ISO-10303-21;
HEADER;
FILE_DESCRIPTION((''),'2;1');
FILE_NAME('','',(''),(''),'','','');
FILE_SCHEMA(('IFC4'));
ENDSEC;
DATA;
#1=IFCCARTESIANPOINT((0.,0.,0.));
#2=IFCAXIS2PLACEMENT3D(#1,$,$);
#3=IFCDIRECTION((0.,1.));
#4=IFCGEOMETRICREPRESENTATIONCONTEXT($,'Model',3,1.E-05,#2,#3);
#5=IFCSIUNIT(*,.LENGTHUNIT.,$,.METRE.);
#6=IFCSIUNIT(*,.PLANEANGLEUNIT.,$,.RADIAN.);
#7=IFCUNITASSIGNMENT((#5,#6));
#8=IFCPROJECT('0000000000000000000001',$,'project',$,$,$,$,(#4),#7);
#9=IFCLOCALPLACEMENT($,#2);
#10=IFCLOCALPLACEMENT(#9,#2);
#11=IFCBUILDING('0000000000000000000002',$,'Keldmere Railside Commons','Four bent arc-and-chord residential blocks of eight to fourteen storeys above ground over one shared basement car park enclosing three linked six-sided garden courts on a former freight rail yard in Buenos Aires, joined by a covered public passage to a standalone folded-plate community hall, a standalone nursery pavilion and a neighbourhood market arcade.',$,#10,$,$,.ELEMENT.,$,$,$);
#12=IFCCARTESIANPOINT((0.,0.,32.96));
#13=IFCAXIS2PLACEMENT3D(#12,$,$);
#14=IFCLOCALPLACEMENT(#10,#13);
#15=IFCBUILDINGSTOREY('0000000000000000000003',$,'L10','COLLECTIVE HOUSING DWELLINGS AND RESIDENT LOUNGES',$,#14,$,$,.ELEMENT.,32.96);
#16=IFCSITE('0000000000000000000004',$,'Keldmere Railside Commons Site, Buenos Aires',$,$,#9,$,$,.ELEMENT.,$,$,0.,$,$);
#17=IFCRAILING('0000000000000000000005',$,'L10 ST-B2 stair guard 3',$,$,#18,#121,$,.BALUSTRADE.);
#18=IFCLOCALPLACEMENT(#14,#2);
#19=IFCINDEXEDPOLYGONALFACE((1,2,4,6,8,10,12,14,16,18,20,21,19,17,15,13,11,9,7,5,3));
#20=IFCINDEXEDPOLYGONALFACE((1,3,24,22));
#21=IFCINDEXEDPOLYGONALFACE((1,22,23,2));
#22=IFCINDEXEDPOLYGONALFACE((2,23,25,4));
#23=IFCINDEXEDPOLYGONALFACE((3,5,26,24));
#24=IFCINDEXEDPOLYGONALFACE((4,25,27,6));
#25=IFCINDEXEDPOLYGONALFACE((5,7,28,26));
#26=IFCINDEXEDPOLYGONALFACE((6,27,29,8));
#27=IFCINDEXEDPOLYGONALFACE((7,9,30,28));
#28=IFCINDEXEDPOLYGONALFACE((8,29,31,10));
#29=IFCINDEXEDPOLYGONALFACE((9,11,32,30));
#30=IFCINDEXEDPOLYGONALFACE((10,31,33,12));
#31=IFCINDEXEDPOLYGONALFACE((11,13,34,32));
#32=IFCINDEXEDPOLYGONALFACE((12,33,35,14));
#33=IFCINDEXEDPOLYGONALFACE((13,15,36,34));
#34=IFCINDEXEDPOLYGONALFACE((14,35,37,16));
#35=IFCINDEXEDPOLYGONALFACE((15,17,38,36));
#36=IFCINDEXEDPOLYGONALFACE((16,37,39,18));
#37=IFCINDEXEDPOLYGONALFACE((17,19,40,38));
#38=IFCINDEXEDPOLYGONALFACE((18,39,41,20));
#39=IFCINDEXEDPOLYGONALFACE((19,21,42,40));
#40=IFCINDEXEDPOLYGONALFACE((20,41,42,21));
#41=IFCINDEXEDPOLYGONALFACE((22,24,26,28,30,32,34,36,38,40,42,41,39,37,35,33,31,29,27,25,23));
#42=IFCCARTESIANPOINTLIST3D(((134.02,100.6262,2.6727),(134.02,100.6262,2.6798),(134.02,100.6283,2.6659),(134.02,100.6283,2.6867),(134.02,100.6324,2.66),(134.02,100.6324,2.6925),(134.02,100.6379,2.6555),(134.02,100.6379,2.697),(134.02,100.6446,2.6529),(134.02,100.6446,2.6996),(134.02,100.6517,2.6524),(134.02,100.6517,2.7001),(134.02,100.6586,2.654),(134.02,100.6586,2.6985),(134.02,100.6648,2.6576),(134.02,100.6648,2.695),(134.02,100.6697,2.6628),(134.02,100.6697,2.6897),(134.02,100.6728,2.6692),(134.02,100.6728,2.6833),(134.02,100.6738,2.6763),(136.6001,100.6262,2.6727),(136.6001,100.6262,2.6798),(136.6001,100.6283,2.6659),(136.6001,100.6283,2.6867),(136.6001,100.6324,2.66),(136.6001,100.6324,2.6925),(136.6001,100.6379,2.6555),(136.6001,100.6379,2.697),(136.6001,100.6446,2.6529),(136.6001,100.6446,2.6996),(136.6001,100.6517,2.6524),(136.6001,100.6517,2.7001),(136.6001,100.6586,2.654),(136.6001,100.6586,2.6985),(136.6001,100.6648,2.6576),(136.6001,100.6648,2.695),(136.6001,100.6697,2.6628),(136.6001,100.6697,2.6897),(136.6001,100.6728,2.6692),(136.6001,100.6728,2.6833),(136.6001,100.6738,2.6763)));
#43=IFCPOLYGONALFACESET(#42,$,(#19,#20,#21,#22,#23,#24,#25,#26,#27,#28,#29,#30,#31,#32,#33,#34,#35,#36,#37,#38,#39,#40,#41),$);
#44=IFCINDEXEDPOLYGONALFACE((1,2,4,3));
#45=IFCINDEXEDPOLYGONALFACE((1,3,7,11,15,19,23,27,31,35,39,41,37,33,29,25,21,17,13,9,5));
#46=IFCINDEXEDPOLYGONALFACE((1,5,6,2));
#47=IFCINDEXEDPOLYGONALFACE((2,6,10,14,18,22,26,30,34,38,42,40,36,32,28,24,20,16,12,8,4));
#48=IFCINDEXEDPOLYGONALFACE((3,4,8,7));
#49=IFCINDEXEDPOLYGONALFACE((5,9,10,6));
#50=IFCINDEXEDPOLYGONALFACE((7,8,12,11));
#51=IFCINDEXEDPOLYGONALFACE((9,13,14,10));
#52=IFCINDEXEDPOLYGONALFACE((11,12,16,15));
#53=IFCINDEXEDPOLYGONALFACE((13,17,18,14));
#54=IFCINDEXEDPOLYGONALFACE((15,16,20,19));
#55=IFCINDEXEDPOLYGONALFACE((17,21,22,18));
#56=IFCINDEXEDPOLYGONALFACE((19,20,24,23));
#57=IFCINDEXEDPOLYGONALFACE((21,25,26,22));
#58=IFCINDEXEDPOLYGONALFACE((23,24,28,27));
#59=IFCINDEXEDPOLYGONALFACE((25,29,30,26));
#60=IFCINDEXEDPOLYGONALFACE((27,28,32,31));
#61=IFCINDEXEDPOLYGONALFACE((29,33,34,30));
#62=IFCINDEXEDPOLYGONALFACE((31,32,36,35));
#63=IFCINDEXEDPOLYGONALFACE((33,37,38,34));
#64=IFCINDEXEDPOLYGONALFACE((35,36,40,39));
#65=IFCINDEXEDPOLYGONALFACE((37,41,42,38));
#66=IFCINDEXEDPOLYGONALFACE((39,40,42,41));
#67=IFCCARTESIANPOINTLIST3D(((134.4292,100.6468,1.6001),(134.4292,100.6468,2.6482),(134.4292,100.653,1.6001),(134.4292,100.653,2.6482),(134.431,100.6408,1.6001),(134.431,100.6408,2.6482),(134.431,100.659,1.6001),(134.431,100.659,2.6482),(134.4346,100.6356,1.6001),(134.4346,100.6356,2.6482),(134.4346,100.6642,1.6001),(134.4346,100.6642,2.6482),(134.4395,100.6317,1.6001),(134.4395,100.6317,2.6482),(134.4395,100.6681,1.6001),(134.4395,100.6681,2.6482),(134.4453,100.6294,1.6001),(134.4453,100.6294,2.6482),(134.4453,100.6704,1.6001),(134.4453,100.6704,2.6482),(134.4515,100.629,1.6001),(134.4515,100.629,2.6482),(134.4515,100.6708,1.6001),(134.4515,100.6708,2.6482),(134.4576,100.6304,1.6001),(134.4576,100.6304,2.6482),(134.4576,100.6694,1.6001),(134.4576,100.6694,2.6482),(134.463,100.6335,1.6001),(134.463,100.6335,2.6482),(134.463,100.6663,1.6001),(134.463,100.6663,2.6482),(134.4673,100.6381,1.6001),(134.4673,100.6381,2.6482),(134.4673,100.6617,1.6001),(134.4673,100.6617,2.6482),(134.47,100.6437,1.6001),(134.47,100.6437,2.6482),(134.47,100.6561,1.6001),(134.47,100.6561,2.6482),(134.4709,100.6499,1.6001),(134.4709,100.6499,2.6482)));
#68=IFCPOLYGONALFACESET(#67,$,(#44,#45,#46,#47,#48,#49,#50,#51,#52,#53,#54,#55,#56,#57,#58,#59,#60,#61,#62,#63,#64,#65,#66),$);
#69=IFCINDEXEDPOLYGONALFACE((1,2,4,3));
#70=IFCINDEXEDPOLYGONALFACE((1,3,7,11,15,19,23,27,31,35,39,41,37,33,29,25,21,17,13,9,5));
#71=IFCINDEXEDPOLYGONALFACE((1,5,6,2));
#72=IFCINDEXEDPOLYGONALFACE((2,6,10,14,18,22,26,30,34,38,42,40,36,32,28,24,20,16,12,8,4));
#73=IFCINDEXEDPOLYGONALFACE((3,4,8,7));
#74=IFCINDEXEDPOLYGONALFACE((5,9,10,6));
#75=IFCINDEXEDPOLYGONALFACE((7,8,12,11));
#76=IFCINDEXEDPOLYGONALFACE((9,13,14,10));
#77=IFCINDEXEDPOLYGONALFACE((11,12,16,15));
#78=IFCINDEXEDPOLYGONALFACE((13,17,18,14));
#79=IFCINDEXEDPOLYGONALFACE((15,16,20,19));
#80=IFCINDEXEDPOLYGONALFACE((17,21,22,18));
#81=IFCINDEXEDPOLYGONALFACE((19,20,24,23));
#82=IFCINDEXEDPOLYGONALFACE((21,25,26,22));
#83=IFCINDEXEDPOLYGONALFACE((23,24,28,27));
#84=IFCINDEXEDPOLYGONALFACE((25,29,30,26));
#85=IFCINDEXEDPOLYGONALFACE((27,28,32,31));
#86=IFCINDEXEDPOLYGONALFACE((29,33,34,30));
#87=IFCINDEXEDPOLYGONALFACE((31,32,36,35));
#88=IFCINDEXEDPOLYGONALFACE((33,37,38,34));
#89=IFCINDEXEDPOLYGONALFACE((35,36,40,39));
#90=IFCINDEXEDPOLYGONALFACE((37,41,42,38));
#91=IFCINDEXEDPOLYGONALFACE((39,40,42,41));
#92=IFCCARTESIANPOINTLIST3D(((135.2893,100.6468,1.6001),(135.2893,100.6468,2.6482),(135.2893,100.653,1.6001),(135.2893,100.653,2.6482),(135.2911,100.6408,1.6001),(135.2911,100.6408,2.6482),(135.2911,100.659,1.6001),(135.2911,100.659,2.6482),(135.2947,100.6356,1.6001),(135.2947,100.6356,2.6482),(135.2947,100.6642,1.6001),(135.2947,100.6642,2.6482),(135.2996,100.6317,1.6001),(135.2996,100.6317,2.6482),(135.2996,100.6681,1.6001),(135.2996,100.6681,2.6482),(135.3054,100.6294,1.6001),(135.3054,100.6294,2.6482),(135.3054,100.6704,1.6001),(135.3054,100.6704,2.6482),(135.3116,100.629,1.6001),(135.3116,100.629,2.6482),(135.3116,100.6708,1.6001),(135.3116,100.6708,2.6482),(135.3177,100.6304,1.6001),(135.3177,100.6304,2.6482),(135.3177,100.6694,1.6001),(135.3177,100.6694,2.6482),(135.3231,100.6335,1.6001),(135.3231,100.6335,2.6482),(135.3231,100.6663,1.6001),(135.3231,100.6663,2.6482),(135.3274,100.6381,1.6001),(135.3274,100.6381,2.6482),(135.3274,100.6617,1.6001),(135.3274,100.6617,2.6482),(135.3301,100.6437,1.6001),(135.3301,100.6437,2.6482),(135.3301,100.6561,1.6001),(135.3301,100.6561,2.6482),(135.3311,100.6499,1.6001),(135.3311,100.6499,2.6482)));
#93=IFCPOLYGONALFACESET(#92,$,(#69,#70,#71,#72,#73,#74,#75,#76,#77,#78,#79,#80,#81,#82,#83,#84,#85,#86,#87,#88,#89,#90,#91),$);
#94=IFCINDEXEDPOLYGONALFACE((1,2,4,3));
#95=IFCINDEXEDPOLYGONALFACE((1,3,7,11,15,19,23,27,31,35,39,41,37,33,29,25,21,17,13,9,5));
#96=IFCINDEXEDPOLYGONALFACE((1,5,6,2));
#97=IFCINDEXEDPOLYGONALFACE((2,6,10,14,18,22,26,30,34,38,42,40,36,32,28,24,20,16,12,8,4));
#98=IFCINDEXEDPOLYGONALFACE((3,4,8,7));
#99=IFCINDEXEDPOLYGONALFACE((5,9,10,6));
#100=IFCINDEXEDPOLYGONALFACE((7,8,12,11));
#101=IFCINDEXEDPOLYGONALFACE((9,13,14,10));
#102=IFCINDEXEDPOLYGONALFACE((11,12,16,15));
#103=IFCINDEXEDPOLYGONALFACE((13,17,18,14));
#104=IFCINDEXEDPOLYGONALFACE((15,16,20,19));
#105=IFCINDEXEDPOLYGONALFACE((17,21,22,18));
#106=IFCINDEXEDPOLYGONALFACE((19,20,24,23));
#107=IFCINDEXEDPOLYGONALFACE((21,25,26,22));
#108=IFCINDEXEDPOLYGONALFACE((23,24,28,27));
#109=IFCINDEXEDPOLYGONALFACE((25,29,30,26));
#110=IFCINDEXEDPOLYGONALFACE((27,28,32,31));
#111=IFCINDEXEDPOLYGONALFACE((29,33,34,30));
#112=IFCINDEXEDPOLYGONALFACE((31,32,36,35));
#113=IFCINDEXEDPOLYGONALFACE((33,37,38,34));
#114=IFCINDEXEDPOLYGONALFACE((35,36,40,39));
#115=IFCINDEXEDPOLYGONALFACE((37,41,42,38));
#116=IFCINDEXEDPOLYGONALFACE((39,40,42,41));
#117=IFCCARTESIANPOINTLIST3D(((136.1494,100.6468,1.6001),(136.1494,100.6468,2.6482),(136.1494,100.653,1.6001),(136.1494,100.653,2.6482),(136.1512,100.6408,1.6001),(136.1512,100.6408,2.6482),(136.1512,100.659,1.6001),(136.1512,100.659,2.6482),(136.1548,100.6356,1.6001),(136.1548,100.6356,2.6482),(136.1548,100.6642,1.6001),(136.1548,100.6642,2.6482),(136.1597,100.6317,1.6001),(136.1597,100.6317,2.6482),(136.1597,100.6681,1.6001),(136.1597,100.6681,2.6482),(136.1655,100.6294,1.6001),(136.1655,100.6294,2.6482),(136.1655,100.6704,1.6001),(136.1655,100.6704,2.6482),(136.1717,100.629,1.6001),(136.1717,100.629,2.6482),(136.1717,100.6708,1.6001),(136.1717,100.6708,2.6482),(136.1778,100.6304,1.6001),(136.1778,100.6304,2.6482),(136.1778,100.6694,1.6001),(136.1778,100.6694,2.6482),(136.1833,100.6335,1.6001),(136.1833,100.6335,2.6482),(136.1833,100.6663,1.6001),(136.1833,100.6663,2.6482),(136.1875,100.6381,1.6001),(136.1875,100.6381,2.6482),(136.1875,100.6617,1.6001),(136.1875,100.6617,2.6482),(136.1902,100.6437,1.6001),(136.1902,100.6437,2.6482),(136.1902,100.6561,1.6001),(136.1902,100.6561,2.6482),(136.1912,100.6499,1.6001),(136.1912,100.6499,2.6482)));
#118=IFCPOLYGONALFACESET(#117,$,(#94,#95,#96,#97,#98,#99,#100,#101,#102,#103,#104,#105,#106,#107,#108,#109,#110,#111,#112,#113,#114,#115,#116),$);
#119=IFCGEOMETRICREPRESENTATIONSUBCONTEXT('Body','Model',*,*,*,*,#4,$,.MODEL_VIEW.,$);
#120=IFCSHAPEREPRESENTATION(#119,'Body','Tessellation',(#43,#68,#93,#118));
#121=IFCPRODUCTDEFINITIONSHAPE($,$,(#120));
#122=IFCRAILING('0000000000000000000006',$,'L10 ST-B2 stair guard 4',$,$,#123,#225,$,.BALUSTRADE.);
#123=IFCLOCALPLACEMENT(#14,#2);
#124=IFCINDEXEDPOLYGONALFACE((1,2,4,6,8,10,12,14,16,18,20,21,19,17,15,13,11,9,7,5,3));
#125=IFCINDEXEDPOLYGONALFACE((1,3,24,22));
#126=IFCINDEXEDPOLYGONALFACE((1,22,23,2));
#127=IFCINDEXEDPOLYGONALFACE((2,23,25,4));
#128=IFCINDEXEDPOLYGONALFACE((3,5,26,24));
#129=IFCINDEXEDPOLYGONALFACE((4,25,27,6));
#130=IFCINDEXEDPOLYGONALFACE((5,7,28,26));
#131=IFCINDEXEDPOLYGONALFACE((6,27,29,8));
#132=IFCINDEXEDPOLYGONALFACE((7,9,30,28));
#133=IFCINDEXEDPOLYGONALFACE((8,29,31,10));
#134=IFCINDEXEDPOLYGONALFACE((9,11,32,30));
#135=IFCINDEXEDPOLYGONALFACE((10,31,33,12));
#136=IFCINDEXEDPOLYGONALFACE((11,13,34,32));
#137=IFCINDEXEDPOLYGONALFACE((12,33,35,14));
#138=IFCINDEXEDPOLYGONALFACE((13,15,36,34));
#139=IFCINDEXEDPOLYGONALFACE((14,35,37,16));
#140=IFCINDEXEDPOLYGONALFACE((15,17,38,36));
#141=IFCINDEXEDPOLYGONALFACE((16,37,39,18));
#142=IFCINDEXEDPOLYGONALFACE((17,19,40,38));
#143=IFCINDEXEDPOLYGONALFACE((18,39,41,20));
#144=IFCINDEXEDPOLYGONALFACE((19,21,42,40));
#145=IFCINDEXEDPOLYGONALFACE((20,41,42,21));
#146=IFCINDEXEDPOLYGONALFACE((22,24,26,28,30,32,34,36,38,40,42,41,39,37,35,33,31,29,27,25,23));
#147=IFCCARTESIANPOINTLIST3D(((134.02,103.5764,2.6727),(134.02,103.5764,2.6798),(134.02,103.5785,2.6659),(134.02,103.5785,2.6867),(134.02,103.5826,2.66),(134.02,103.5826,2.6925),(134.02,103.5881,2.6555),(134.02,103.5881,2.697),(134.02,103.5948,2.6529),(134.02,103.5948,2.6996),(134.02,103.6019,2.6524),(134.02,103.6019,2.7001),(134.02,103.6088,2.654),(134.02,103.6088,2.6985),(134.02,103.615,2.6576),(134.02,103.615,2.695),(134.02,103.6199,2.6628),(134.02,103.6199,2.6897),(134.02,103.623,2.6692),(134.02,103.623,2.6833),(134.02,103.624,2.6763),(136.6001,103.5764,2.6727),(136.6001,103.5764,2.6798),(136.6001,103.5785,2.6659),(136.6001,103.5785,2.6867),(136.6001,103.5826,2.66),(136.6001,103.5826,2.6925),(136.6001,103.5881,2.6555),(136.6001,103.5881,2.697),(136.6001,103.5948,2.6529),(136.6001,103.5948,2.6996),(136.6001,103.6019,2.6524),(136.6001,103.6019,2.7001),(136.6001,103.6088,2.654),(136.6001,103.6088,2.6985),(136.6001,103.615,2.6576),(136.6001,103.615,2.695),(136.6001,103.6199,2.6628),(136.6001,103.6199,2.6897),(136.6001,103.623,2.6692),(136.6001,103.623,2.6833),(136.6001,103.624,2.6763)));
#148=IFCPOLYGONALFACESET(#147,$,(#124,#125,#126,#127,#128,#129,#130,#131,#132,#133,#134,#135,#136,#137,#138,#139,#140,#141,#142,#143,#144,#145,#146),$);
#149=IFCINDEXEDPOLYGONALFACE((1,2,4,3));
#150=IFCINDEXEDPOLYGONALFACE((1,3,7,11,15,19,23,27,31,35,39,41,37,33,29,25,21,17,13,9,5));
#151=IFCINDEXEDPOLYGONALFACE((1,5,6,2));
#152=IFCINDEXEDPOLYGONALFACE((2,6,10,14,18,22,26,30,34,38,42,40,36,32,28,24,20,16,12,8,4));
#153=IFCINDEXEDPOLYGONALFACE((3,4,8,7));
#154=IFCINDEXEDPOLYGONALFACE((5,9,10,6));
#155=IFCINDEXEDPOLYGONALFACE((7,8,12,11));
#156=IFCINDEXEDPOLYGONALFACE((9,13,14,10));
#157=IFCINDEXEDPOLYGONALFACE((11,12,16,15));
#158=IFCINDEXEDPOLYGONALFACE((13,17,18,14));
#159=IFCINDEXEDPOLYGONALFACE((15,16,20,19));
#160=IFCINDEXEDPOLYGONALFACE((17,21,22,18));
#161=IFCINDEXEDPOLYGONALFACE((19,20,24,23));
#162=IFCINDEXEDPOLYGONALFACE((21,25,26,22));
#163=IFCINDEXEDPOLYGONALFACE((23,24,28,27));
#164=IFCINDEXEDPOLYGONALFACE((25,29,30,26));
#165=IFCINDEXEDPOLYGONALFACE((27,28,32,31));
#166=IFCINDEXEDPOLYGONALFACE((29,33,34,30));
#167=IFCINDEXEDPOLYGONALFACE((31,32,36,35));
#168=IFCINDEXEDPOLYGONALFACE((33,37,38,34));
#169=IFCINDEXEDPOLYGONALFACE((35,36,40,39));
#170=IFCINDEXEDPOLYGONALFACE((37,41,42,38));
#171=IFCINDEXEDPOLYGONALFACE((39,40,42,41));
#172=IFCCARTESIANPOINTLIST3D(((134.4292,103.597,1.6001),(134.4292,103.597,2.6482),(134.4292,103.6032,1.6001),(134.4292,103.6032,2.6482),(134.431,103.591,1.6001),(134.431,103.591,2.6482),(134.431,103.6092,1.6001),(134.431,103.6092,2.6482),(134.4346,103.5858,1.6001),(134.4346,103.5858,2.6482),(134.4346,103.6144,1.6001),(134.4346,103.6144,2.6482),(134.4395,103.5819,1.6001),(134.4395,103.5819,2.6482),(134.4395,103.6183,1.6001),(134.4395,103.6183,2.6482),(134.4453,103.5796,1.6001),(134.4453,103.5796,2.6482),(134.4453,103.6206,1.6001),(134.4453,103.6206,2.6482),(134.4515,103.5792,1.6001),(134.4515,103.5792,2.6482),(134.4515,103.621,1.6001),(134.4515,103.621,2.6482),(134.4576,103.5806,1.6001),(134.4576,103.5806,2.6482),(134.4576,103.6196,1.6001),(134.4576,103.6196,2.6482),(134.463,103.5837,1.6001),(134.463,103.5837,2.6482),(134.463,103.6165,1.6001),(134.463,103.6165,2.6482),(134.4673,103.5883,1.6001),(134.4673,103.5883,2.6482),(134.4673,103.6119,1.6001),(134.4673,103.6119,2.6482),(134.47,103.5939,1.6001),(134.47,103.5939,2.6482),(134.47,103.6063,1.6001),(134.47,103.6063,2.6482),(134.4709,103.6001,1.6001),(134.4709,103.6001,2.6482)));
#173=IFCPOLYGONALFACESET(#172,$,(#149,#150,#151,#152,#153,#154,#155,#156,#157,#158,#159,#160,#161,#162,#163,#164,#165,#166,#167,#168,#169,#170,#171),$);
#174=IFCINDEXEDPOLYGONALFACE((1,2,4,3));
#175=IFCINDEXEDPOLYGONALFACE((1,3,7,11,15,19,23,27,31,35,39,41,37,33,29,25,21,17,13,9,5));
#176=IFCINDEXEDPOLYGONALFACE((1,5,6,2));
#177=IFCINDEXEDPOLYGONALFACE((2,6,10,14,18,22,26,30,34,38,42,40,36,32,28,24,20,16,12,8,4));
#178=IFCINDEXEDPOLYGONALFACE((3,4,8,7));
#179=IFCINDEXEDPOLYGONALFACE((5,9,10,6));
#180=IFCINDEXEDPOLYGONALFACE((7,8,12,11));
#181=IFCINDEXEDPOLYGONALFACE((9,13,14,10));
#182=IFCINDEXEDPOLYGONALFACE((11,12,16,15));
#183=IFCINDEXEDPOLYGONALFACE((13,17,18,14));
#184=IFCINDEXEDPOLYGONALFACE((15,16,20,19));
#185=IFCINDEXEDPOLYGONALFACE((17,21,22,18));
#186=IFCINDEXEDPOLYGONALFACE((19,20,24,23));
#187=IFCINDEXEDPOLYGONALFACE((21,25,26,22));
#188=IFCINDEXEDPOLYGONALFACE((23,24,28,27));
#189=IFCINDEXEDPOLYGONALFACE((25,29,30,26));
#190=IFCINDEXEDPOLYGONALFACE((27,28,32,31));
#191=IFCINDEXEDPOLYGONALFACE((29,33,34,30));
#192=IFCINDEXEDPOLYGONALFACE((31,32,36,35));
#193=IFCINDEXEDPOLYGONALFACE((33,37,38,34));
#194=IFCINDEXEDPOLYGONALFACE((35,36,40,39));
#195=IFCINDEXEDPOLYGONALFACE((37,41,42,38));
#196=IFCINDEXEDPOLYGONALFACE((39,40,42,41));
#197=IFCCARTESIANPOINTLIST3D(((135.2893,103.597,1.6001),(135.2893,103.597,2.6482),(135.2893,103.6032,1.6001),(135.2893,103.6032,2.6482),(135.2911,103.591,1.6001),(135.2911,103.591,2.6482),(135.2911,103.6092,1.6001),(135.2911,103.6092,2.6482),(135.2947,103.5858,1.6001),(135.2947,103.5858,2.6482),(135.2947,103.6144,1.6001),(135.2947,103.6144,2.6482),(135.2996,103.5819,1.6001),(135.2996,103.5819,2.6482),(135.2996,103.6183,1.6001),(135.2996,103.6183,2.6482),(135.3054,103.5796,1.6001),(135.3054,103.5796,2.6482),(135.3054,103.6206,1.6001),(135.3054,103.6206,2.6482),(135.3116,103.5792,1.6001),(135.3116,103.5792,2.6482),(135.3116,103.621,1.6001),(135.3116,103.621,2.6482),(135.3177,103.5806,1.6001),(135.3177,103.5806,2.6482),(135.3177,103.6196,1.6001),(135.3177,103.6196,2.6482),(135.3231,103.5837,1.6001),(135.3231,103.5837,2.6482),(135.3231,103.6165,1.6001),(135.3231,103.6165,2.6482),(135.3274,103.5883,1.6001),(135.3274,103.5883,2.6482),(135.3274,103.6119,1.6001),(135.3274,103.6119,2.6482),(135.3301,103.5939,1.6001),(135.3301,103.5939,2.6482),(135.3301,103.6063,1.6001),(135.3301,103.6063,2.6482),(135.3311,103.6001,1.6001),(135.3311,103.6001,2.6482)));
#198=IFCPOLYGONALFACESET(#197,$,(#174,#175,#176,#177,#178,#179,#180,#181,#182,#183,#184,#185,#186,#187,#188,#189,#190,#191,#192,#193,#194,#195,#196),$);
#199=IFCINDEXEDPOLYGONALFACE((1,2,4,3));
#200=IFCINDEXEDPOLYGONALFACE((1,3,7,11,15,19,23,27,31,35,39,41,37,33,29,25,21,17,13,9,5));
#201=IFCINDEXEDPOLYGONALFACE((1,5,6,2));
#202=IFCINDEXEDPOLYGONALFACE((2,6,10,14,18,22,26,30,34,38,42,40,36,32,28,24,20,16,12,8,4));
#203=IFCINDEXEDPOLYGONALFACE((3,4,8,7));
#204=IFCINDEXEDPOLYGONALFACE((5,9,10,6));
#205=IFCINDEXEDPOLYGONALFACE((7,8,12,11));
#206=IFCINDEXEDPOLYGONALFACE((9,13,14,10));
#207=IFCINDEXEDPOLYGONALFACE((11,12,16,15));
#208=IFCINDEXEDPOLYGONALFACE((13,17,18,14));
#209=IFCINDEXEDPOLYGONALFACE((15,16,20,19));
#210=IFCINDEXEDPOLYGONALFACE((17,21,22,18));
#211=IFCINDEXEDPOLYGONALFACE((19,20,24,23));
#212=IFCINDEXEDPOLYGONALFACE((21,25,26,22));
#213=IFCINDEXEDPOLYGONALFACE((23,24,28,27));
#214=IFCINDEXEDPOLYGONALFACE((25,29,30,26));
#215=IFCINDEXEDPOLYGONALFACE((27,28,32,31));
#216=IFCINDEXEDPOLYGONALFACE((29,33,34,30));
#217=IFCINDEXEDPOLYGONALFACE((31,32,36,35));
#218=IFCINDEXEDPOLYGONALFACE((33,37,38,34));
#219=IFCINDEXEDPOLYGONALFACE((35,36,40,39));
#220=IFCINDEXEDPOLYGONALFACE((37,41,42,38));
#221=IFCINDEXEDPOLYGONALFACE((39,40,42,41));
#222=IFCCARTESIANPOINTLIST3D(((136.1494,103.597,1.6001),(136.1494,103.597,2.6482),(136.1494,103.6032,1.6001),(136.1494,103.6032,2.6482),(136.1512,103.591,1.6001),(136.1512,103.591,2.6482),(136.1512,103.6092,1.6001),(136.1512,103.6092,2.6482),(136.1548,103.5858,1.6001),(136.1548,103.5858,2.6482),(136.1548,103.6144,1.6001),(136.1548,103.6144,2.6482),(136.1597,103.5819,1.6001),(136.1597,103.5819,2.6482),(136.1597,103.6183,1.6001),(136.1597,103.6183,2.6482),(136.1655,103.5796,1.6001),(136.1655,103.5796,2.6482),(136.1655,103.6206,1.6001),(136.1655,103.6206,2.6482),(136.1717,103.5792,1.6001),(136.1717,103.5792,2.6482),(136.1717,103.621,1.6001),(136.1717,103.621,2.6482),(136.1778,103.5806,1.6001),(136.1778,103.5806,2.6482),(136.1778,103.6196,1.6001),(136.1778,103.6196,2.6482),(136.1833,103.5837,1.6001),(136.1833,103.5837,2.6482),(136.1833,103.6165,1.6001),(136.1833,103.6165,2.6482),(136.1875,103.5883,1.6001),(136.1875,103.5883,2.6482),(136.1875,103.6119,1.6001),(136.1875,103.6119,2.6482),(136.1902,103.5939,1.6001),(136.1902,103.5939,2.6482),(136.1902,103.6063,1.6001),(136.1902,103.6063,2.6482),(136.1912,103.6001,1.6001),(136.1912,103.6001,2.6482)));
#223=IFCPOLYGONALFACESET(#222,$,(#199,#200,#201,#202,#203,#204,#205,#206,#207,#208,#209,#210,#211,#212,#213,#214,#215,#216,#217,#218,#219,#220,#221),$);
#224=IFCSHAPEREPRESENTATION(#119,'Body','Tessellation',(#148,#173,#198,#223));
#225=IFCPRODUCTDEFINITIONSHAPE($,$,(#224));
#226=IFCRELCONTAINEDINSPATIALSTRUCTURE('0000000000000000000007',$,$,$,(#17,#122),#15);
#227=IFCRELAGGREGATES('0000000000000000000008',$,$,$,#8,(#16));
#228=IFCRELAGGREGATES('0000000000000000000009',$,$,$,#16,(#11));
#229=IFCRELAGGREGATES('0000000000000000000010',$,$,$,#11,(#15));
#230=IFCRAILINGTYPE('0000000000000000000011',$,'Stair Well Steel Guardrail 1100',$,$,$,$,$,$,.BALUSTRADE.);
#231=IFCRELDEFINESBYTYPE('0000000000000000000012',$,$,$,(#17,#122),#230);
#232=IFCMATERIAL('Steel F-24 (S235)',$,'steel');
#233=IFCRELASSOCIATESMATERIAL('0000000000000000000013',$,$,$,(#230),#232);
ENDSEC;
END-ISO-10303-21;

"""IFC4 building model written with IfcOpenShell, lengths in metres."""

from ifc_helpers import new_model, si_unit, direction, frame, origin, origin_2d, place, context, subcontext, project, spatial, circle, extrude, material, type_object, element, save


model = new_model("IFC4")

# Units and contexts
model_context = context("Model", 3, precision=1e-05, world=origin(), true_north=direction((0.0, 1.0)))
body_context = subcontext(model_context, "Body", "Model", "MODEL_VIEW")
ifc_project = project(units=[si_unit("LENGTHUNIT", "METRE"), si_unit("PLANEANGLEUNIT", "RADIAN")], contexts=[model_context])

# Site, building, storey
site_placement = place(None, origin())
site = spatial("IfcSite", under=ifc_project, at=site_placement, Name="Keldmere Railside Commons Site, Buenos Aires", CompositionType="ELEMENT", RefElevation=0.0)
building_placement = place(site_placement, origin())
building = spatial("IfcBuilding", under=site, at=building_placement, Name="Keldmere Railside Commons", Description="Four bent arc-and-chord residential blocks of eight to fourteen storeys above ground over one shared basement car park enclosing three linked six-sided garden courts on a former freight rail yard in Buenos Aires, joined by a covered public passage to a standalone folded-plate community hall, a standalone nursery pavilion and a neighbourhood market arcade.", CompositionType="ELEMENT")
storey_placement = place(building_placement, frame((0.0, 0.0, 32.96)))
storey = spatial("IfcBuildingStorey", under=building, at=storey_placement, Name="L10", Description="COLLECTIVE HOUSING DWELLINGS AND RESIDENT LOUNGES", CompositionType="ELEMENT", Elevation=32.96)

# Railings
ifc_material_1 = material(Name="Steel F-24 (S235)", Category="steel")
railing_type_1 = type_object("IfcRailingType", Name="Stair Well Steel Guardrail 1100", PredefinedType="BALUSTRADE", material=ifc_material_1)
for number, where, name in (
    (1, (134.02, 100.6499, 1.6001), "L10 ST-B2 stair guard 3"),
    (2, (134.02, 103.6001, 1.6001), "L10 ST-B2 stair guard 4"),
):
    element("IfcRailing", number, at=place(storey_placement, frame(where)), inside=storey, type_object=railing_type_1, Name=name, PredefinedType="BALUSTRADE", context=body_context, shape_type="SweptSolid", body=[
        extrude(circle(Radius=0.0239, at=origin_2d()), frame((0.0, 0.0, 1.0762), z_axis=(1.0, 0.0, 0.0), x_axis=(0.0, 1.0, 0.0)), (0.0, 0.0, 1.0), 2.5801),
        extrude(circle(Radius=0.021, at=origin_2d()), frame((0.4299, 0.0, 0.0)), (0.0, 0.0, 1.0), 1.0481),
        extrude(circle(Radius=0.021, at=origin_2d()), frame((1.29, 0.0, 0.0)), (0.0, 0.0, 1.0), 1.0481),
        extrude(circle(Radius=0.021, at=origin_2d()), frame((2.1501, 0.0, 0.0)), (0.0, 0.0, 1.0), 1.0481),
    ])

save(model, "model.ifc")
